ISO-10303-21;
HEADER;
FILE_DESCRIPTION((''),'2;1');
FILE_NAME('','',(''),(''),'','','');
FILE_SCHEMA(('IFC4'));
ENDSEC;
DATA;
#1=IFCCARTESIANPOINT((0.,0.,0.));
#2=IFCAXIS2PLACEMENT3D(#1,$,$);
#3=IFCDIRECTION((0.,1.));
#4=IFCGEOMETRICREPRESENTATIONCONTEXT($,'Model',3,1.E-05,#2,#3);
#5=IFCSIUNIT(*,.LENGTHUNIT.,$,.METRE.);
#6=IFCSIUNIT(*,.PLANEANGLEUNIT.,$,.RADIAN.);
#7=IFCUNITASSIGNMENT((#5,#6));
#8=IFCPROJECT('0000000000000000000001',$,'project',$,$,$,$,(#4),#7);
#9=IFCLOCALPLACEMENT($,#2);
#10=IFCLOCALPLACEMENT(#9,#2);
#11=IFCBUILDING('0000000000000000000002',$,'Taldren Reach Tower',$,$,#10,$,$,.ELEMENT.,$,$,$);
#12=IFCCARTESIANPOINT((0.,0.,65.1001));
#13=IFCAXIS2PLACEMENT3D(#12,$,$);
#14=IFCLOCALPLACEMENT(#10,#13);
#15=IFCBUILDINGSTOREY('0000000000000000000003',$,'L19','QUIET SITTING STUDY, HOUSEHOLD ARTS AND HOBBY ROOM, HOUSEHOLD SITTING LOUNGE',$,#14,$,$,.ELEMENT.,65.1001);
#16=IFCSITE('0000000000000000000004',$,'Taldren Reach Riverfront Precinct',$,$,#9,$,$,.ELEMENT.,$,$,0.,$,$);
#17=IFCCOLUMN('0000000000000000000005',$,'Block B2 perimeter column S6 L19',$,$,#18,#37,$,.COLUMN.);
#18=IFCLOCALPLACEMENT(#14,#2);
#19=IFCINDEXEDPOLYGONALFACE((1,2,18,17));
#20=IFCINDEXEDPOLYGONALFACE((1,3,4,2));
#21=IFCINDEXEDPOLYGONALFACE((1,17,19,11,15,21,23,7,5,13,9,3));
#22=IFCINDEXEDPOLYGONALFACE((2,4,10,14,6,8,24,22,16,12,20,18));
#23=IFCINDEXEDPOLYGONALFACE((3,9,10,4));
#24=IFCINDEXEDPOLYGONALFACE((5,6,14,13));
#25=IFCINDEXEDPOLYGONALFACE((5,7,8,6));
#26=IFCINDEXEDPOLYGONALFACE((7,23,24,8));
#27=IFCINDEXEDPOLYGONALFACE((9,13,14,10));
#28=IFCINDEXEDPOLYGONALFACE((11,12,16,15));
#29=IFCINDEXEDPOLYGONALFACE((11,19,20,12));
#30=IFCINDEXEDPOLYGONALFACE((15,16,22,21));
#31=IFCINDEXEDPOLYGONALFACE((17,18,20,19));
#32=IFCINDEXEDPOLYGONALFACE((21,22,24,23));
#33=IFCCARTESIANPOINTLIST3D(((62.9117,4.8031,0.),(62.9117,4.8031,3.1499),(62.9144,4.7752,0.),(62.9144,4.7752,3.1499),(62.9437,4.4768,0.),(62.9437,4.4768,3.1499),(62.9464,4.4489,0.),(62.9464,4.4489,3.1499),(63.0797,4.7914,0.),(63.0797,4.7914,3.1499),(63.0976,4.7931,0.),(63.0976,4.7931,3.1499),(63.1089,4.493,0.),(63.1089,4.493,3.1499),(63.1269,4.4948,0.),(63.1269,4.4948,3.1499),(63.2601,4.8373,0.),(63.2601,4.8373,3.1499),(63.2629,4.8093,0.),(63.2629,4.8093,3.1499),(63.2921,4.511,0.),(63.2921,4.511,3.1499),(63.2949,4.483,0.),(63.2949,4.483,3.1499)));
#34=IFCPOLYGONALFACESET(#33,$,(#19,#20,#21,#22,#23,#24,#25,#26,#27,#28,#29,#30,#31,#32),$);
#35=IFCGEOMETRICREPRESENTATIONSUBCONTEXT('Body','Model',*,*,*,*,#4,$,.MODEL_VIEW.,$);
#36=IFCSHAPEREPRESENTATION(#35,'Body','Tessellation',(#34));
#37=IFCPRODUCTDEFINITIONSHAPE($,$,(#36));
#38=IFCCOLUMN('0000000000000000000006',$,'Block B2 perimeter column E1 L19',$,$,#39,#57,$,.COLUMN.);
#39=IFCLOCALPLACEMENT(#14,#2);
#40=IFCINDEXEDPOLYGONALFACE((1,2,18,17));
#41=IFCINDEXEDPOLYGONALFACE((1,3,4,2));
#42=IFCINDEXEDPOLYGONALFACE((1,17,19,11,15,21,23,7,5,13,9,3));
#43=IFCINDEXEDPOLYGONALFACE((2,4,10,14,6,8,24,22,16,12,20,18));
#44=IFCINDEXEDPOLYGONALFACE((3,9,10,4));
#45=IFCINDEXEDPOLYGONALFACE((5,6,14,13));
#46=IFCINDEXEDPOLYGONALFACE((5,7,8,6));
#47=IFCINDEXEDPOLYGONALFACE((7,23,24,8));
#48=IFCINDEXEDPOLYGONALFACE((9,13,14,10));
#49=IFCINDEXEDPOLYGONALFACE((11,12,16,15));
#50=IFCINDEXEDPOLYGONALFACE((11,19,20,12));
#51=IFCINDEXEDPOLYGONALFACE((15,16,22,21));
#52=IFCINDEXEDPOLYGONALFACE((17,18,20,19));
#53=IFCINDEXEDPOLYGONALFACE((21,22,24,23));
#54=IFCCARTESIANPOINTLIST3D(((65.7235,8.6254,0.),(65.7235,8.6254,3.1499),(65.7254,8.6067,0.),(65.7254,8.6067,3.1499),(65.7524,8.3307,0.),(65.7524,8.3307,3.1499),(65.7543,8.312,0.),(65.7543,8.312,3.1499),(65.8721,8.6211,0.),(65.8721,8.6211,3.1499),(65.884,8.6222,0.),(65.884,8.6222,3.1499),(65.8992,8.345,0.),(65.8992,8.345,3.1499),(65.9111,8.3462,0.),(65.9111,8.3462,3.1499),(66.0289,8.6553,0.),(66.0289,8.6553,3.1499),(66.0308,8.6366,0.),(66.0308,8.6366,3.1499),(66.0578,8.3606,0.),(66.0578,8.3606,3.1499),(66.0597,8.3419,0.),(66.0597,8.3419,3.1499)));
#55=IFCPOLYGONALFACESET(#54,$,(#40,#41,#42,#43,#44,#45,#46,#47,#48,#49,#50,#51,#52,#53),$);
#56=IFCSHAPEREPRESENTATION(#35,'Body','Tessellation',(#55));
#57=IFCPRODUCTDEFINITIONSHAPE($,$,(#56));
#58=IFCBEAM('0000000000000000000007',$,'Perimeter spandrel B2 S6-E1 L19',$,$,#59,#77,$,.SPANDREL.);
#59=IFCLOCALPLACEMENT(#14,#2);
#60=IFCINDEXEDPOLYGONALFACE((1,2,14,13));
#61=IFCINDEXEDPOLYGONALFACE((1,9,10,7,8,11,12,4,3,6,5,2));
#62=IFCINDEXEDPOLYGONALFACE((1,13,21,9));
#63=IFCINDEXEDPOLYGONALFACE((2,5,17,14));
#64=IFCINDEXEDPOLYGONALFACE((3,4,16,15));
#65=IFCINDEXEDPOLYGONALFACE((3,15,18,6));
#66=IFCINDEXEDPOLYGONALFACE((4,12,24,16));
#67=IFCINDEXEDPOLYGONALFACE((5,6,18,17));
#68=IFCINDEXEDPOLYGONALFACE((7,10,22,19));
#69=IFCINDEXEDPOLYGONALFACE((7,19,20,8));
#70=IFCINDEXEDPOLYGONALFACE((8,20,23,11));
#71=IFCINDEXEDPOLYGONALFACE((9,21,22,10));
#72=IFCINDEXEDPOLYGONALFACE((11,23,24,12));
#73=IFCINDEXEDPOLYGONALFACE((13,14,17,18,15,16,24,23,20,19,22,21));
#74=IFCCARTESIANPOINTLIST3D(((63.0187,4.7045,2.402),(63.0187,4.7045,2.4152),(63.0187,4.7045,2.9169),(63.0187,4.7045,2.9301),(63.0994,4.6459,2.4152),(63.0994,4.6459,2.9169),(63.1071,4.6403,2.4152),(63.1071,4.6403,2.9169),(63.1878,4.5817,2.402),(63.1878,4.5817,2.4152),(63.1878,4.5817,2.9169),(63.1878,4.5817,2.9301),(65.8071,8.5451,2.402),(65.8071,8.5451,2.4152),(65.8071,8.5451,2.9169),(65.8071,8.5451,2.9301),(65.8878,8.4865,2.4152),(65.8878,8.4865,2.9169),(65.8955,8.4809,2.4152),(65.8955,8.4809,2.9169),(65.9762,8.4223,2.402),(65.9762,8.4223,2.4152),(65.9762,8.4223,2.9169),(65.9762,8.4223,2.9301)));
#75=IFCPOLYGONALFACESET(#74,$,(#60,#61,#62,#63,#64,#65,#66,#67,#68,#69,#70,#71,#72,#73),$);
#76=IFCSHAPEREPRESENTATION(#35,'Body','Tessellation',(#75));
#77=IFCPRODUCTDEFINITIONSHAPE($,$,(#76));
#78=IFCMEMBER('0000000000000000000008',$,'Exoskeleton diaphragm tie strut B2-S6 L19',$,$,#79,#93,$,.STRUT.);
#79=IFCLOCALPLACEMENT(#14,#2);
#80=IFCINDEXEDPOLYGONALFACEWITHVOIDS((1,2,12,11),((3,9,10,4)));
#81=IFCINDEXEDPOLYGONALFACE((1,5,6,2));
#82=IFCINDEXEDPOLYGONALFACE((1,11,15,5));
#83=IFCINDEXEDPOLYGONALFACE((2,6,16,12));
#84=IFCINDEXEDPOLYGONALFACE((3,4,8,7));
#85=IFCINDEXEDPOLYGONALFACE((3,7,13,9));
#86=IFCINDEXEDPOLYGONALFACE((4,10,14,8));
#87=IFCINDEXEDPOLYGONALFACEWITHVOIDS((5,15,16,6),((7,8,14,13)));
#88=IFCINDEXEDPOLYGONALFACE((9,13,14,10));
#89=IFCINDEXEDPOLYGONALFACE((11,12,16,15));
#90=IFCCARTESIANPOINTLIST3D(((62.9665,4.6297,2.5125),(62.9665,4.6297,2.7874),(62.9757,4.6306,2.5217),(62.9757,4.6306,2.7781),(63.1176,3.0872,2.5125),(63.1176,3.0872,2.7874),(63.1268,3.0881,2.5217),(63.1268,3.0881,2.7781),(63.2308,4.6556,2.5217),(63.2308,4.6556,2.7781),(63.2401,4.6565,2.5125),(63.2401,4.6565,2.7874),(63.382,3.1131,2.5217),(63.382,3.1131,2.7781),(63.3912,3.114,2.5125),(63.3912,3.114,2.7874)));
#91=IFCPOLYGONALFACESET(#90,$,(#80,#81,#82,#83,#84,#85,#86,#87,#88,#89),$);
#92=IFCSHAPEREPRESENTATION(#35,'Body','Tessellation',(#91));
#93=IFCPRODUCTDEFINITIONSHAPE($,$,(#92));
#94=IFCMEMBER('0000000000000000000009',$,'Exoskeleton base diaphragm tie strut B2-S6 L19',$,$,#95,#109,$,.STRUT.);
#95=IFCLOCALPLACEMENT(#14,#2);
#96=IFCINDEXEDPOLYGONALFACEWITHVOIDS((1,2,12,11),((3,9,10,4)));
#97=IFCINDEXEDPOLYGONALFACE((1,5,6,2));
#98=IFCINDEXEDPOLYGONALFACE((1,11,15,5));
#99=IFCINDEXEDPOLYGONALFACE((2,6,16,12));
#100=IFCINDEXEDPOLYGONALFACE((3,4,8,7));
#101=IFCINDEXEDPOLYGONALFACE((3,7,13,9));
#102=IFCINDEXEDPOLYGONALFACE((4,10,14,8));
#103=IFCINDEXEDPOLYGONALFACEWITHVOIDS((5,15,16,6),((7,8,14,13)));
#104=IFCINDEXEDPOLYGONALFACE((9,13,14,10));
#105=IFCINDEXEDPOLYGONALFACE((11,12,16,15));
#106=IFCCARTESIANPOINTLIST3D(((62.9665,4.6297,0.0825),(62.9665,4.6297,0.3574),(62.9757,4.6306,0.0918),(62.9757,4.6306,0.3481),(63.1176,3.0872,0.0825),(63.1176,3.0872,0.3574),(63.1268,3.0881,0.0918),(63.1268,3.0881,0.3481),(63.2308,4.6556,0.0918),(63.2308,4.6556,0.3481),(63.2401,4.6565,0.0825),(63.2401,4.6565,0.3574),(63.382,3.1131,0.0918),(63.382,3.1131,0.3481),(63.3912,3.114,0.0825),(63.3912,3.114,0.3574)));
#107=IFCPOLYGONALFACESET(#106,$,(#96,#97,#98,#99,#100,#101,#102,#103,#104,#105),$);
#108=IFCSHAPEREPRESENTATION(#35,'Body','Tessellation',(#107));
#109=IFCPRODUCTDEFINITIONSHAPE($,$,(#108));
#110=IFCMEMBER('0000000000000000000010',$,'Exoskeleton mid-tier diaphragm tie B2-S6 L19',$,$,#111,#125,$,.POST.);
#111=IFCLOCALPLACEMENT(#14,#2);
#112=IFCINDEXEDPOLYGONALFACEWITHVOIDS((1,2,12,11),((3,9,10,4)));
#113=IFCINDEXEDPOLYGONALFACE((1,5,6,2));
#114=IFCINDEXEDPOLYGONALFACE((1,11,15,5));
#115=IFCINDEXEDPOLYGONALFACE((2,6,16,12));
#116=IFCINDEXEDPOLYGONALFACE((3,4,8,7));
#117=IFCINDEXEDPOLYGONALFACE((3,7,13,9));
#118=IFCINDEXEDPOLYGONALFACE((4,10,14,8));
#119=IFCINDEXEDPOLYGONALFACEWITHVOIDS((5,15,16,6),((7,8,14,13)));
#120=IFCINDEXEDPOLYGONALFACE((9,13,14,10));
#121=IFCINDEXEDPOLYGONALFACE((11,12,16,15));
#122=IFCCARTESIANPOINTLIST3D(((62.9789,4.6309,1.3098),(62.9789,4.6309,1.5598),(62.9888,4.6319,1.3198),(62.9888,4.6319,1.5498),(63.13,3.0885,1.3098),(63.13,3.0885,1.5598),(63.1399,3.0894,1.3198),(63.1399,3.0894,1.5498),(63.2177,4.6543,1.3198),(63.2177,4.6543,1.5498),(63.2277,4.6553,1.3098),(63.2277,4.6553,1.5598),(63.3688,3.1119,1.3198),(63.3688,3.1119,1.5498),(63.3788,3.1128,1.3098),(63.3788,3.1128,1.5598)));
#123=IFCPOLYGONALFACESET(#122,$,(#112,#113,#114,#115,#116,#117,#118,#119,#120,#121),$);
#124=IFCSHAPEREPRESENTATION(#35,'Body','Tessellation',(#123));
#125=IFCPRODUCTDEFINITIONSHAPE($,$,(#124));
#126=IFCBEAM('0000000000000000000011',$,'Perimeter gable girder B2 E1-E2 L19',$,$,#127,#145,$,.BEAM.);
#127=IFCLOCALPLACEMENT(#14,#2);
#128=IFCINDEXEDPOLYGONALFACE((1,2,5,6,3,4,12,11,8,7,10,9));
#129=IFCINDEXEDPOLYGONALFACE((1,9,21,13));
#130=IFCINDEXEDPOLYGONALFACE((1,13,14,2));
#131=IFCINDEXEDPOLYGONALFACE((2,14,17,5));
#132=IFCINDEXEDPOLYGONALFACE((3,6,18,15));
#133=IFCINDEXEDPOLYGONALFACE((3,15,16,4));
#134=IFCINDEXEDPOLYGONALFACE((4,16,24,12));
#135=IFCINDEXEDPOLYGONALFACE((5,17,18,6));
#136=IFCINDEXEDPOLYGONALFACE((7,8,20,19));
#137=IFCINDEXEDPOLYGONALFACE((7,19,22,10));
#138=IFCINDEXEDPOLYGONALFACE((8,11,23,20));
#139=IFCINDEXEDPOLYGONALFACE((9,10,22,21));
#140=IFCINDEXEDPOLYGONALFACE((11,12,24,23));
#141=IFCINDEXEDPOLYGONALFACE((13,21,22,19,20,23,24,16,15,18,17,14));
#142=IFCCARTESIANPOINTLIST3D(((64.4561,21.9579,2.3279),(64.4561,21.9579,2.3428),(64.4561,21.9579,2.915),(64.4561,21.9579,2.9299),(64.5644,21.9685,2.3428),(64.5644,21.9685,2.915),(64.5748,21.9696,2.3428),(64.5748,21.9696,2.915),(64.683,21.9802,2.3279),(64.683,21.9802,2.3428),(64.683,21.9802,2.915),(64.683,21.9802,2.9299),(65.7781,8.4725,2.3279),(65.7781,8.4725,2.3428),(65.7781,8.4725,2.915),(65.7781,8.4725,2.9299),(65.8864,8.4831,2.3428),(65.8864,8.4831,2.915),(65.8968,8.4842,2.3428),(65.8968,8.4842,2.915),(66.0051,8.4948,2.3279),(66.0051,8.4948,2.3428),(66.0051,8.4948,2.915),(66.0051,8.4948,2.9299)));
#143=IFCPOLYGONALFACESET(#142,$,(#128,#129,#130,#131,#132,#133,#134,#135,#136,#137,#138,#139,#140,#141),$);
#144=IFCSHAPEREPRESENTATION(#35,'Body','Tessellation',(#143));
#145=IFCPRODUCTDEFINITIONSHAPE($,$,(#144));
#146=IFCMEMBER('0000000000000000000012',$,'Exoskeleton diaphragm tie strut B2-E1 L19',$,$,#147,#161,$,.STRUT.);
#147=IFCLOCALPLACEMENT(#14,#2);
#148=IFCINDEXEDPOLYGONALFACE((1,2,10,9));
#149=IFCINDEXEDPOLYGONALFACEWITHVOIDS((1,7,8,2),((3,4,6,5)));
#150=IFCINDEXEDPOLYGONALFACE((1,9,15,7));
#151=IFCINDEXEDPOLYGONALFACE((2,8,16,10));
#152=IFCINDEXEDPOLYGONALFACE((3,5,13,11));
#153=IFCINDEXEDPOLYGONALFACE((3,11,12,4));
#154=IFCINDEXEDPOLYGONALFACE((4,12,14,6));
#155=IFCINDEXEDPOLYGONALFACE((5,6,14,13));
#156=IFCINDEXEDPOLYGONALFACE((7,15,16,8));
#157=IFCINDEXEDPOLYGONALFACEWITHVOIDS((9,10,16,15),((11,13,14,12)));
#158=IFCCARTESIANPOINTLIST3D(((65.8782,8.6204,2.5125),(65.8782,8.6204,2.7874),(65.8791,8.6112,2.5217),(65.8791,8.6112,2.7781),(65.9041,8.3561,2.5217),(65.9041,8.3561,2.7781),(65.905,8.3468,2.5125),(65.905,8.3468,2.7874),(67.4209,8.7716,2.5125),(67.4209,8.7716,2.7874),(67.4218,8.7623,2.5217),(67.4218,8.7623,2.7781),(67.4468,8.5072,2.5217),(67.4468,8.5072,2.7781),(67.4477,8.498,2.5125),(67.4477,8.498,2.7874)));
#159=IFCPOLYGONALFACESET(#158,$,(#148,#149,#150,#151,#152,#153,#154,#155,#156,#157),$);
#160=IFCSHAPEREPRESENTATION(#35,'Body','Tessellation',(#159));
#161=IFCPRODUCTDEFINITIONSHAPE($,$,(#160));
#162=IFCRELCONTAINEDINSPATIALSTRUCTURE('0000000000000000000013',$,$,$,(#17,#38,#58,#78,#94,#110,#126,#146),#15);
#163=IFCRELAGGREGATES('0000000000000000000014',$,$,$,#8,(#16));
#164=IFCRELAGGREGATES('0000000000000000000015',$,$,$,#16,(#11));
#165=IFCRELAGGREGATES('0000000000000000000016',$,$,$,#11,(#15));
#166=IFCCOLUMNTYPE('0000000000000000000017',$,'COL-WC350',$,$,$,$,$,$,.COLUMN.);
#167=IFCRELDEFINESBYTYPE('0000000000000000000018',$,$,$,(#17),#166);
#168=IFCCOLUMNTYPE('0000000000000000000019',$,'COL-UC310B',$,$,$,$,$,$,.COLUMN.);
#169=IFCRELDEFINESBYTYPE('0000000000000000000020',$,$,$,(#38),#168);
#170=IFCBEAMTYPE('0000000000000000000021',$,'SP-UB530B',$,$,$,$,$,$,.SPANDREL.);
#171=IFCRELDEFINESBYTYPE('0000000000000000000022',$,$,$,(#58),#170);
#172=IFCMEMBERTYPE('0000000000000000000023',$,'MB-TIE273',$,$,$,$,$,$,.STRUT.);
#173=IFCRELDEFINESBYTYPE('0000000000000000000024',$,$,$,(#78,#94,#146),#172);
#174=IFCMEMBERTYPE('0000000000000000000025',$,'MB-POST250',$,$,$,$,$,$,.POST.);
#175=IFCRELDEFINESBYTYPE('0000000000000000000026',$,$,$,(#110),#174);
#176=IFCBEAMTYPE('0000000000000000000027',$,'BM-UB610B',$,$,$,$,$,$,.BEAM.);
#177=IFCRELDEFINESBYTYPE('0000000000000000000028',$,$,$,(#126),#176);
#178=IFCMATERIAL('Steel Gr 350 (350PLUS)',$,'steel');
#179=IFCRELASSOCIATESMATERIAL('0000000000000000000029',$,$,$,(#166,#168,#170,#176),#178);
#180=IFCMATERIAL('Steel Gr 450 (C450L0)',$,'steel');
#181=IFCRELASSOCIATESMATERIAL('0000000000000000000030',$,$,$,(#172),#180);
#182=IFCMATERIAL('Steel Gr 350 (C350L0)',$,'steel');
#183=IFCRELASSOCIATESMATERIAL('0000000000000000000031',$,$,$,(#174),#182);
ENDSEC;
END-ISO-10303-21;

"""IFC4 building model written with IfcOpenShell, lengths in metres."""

from ifc_helpers import new_model, si_unit, direction, frame, origin, origin_2d, place, context, subcontext, project, spatial, hollow_rectangle, i_section, extrude, source, transform, mapped, material, material_profile, profile_set, type_object, element, save


model = new_model("IFC4")

# Units and contexts
model_context = context("Model", 3, precision=1e-05, world=origin(), true_north=direction((0.0, 1.0)))
body_context = subcontext(model_context, "Body", "Model", "MODEL_VIEW")
ifc_project = project(units=[si_unit("LENGTHUNIT", "METRE"), si_unit("PLANEANGLEUNIT", "RADIAN")], contexts=[model_context])

# Site, building, storey
site_placement = place(None, origin())
site = spatial("IfcSite", under=ifc_project, at=site_placement, Name="Taldren Reach Riverfront Precinct", CompositionType="ELEMENT", RefElevation=0.0)
building_placement = place(site_placement, origin())
building = spatial("IfcBuilding", under=site, at=building_placement, Name="Taldren Reach Tower", CompositionType="ELEMENT")
storey_placement = place(building_placement, frame((0.0, 0.0, 65.1001)))
storey = spatial("IfcBuildingStorey", under=building, at=storey_placement, Name="L19", Description="QUIET SITTING STUDY, HOUSEHOLD ARTS AND HOBBY ROOM, HOUSEHOLD SITTING LOUNGE", CompositionType="ELEMENT", Elevation=65.1001)

# Columns
ifc_material_1 = material(Name="Steel Gr 350 (350PLUS)", Category="steel")
ifc_material_profile_1 = material_profile(ifc_material_1, i_section(OverallWidth=0.3501, OverallDepth=0.356, WebThickness=0.0181, FlangeThickness=0.0281, at=origin_2d()), Name="350WC197")
ifc_profile_set_1 = profile_set([ifc_material_profile_1], Name="Steel Gr 350 (350PLUS)")
column_type_1 = type_object("IfcColumnType", Name="COL-WC350", PredefinedType="COLUMN", material=ifc_profile_set_1)
shared_shape_1 = source(origin(), body_context, "Body", "SweptSolid", [
    extrude(i_section(OverallWidth=0.3501, OverallDepth=0.356, WebThickness=0.0181, FlangeThickness=0.0281, at=origin_2d()), origin(), (0.0, 0.0, 1.0), 3.1499),
])
column_1_placement = place(storey_placement, frame((63.1033, 4.6431, 0.0), z_axis=(0.0, 0.0, 1.0), x_axis=(0.995227, 0.097583, 0.0)))
element("IfcColumn", 1, at=column_1_placement, inside=storey, type_object=column_type_1, Name="Block B2 perimeter column S6 L19", PredefinedType="COLUMN", context=body_context, shape_type="MappedRepresentation", body=[
    mapped(shared_shape_1, transform((0.0, 0.0, 0.0), scale=1.0)),
])
ifc_material_profile_2 = material_profile(ifc_material_1, i_section(OverallWidth=0.3069, OverallDepth=0.3149, WebThickness=0.012, FlangeThickness=0.0188, at=origin_2d()), Name="310UC118")
ifc_profile_set_2 = profile_set([ifc_material_profile_2], Name="Steel Gr 350 (350PLUS)")
column_type_2 = type_object("IfcColumnType", Name="COL-UC310B", PredefinedType="COLUMN", material=ifc_profile_set_2)
shared_shape_2 = source(origin(), body_context, "Body", "SweptSolid", [
    extrude(i_section(OverallWidth=0.3069, OverallDepth=0.3149, WebThickness=0.012, FlangeThickness=0.0188, at=origin_2d()), origin(), (0.0, 0.0, 1.0), 3.1499),
])
column_2_placement = place(storey_placement, frame((65.8916, 8.4836, 0.0), z_axis=(0.0, 0.0, 1.0), x_axis=(0.995227, 0.097583, 0.0)))
element("IfcColumn", 2, at=column_2_placement, inside=storey, type_object=column_type_2, Name="Block B2 perimeter column E1 L19", PredefinedType="COLUMN", context=body_context, shape_type="MappedRepresentation", body=[
    mapped(shared_shape_2, transform((0.0, 0.0, 0.0), scale=1.0)),
])

# Beam
ifc_material_profile_3 = material_profile(ifc_material_1, i_section(OverallWidth=0.209, OverallDepth=0.5281, WebThickness=0.0095, FlangeThickness=0.0132, at=origin_2d()), Name="530UB82.0")
ifc_profile_set_3 = profile_set([ifc_material_profile_3], Name="Steel Gr 350 (350PLUS)")
beam_type_1 = type_object("IfcBeamType", Name="SP-UB530B", PredefinedType="SPANDREL", material=ifc_profile_set_3)
shared_shape_3 = source(origin(), body_context, "Body", "SweptSolid", [
    extrude(i_section(OverallWidth=0.209, OverallDepth=0.5281, WebThickness=0.0095, FlangeThickness=0.0132, at=origin_2d()), origin(), (0.0, 0.0, 1.0), 4.7461),
])
beam_1_placement = place(storey_placement, frame((63.1033, 4.6431, 2.666), z_axis=(0.587508, 0.809219, 0.0), x_axis=(-0.809219, 0.587508, 0.0)))
element("IfcBeam", 3, at=beam_1_placement, inside=storey, type_object=beam_type_1, Name="Perimeter spandrel B2 S6-E1 L19", PredefinedType="SPANDREL", context=body_context, shape_type="MappedRepresentation", body=[
    mapped(shared_shape_3, transform((0.0, 0.0, 0.0), scale=1.0)),
])

# Members
ifc_material_2 = material(Name="Steel Gr 450 (C450L0)", Category="steel")
ifc_material_profile_4 = material_profile(ifc_material_2, hollow_rectangle(XDim=0.2749, YDim=0.2749, WallThickness=0.0093, at=origin_2d()), Name="275x275x9.3SHS")
ifc_profile_set_4 = profile_set([ifc_material_profile_4], Name="Steel Gr 450 (C450L0)")
member_type_1 = type_object("IfcMemberType", Name="MB-TIE273", PredefinedType="STRUT", material=ifc_profile_set_4)
shared_shape_4 = source(origin(), body_context, "Body", "SweptSolid", [
    extrude(hollow_rectangle(XDim=0.2749, YDim=0.2749, WallThickness=0.0093, at=origin_2d()), origin(), (0.0, 0.0, 1.0), 1.5498),
])
for number, where, z_axis, x_axis, name in (
    (4, (63.1033, 4.6431, 2.6499), (0.097507, -0.995235, 0.0), (0.995235, 0.097507, 0.0), "Exoskeleton diaphragm tie strut B2-S6 L19"),
    (5, (63.1033, 4.6431, 0.22), (0.097507, -0.995235, 0.0), (0.995235, 0.097507, 0.0), "Exoskeleton base diaphragm tie strut B2-S6 L19"),
):
    element("IfcMember", number, at=place(storey_placement, frame(where, z_axis=z_axis, x_axis=x_axis)), inside=storey, type_object=member_type_1, Name=name, PredefinedType="STRUT", context=body_context, shape_type="MappedRepresentation", body=[
        mapped(shared_shape_4, transform((0.0, 0.0, 0.0), scale=1.0)),
    ])
ifc_material_3 = material(Name="Steel Gr 350 (C350L0)", Category="steel")
ifc_material_profile_5 = material_profile(ifc_material_3, hollow_rectangle(XDim=0.25, YDim=0.25, WallThickness=0.01, at=origin_2d()), Name="250x250x10.0SHS")
ifc_profile_set_5 = profile_set([ifc_material_profile_5], Name="Steel Gr 350 (C350L0)")
member_type_2 = type_object("IfcMemberType", Name="MB-POST250", PredefinedType="POST", material=ifc_profile_set_5)
shared_shape_5 = source(origin(), body_context, "Body", "SweptSolid", [
    extrude(hollow_rectangle(XDim=0.25, YDim=0.25, WallThickness=0.01, at=origin_2d()), origin(), (0.0, 0.0, 1.0), 1.5498),
])
member_1_placement = place(storey_placement, frame((63.1033, 4.6431, 1.4348), z_axis=(0.097507, -0.995235, 0.0), x_axis=(0.995235, 0.097507, 0.0)))
element("IfcMember", 6, at=member_1_placement, inside=storey, type_object=member_type_2, Name="Exoskeleton mid-tier diaphragm tie B2-S6 L19", PredefinedType="POST", context=body_context, shape_type="MappedRepresentation", body=[
    mapped(shared_shape_5, transform((0.0, 0.0, 0.0), scale=1.0)),
])

# Beam
ifc_material_profile_6 = material_profile(ifc_material_1, i_section(OverallWidth=0.228, OverallDepth=0.6021, WebThickness=0.0105, FlangeThickness=0.0149, at=origin_2d()), Name="610UB101")
ifc_profile_set_6 = profile_set([ifc_material_profile_6], Name="Steel Gr 350 (350PLUS)")
beam_type_2 = type_object("IfcBeamType", Name="BM-UB610B", PredefinedType="BEAM", material=ifc_profile_set_6)
shared_shape_6 = source(origin(), body_context, "Body", "SweptSolid", [
    extrude(i_section(OverallWidth=0.228, OverallDepth=0.6021, WebThickness=0.0105, FlangeThickness=0.0149, at=origin_2d()), origin(), (0.0, 0.0, 1.0), 13.55),
])
beam_2_placement = place(storey_placement, frame((65.8916, 8.4836, 2.6289), z_axis=(-0.097566, 0.995229, 0.0), x_axis=(-0.995229, -0.097566, 0.0)))
element("IfcBeam", 7, at=beam_2_placement, inside=storey, type_object=beam_type_2, Name="Perimeter gable girder B2 E1-E2 L19", PredefinedType="BEAM", context=body_context, shape_type="MappedRepresentation", body=[
    mapped(shared_shape_6, transform((0.0, 0.0, 0.0), scale=1.0)),
])

# Member
shared_shape_7 = source(origin(), body_context, "Body", "SweptSolid", [
    extrude(hollow_rectangle(XDim=0.2749, YDim=0.2749, WallThickness=0.0093, at=origin_2d()), origin(), (0.0, 0.0, 1.0), 1.55),
])
for number, where, z_axis, x_axis, name in (
    (8, (65.8916, 8.4836, 2.6499), (0.995236, 0.097492, 0.0), (-0.097492, 0.995236, 0.0), "Exoskeleton diaphragm tie strut B2-E1 L19"),
):
    element("IfcMember", number, at=place(storey_placement, frame(where, z_axis=z_axis, x_axis=x_axis)), inside=storey, type_object=member_type_1, Name=name, PredefinedType="STRUT", context=body_context, shape_type="MappedRepresentation", body=[
        mapped(shared_shape_7, transform((0.0, 0.0, 0.0), scale=1.0)),
    ])

save(model, "model.ifc")
